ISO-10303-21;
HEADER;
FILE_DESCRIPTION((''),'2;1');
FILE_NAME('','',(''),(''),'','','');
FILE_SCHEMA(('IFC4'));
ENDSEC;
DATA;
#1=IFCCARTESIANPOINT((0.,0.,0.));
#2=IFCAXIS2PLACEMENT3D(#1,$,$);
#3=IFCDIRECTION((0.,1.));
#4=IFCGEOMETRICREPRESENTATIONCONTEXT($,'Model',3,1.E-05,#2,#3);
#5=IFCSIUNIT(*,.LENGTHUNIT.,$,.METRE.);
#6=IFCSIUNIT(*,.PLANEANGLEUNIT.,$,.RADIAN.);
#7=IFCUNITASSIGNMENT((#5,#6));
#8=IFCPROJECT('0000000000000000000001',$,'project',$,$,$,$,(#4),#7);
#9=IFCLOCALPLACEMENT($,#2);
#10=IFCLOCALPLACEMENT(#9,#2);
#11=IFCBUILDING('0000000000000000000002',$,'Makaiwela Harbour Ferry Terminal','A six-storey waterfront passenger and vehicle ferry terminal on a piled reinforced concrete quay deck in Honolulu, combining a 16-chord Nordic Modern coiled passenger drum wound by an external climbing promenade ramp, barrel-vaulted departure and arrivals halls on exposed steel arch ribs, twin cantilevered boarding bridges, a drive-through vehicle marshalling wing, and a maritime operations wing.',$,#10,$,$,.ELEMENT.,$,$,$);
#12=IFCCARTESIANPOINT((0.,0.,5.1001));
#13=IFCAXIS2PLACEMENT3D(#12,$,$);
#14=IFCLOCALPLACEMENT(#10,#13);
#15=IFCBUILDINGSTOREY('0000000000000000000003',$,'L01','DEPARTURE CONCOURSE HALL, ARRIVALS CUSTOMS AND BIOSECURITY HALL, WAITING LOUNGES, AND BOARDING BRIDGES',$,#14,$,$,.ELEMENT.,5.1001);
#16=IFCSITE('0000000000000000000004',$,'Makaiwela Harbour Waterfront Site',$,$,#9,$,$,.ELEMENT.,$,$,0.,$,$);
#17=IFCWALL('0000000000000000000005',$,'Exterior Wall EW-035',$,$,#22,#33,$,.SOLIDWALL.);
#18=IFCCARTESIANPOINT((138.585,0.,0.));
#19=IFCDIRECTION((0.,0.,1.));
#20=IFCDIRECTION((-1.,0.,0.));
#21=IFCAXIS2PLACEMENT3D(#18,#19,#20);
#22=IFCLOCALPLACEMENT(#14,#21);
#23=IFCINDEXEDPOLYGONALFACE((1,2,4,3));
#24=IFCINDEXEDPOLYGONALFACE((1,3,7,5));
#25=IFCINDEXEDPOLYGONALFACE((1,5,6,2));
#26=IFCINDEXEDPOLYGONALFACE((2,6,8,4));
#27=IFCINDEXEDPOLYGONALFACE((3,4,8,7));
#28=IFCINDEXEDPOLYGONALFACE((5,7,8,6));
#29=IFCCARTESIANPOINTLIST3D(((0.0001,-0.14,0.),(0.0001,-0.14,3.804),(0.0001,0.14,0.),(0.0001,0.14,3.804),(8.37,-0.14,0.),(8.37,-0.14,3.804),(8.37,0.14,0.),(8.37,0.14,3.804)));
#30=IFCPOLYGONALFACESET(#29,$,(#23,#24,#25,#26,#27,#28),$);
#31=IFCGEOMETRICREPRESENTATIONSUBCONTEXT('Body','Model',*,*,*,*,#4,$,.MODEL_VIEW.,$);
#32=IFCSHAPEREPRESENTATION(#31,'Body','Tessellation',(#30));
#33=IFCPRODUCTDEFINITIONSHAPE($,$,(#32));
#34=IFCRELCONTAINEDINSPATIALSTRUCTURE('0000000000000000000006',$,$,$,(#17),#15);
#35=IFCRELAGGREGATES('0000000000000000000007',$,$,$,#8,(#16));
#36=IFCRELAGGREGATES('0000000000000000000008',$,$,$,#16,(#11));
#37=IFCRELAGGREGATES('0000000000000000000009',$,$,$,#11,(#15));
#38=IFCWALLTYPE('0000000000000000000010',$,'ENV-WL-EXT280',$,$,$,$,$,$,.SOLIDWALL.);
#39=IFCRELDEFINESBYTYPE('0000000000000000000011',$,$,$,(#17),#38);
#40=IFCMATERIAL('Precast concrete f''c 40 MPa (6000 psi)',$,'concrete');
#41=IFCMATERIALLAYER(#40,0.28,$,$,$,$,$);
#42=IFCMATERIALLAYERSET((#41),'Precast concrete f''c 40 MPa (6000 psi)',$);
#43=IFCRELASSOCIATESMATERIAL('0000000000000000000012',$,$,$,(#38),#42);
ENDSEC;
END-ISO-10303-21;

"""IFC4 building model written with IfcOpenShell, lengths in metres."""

from ifc_helpers import new_model, si_unit, direction, frame, frame_2d, origin, place, context, subcontext, project, spatial, rectangle, extrude, material, layer, layer_set, type_object, element, save


model = new_model("IFC4")

# Units and contexts
model_context = context("Model", 3, precision=1e-05, world=origin(), true_north=direction((0.0, 1.0)))
body_context = subcontext(model_context, "Body", "Model", "MODEL_VIEW")
ifc_project = project(units=[si_unit("LENGTHUNIT", "METRE"), si_unit("PLANEANGLEUNIT", "RADIAN")], contexts=[model_context])

# Site, building, storey
site_placement = place(None, origin())
site = spatial("IfcSite", under=ifc_project, at=site_placement, Name="Makaiwela Harbour Waterfront Site", CompositionType="ELEMENT", RefElevation=0.0)
building_placement = place(site_placement, origin())
building = spatial("IfcBuilding", under=site, at=building_placement, Name="Makaiwela Harbour Ferry Terminal", Description="A six-storey waterfront passenger and vehicle ferry terminal on a piled reinforced concrete quay deck in Honolulu, combining a 16-chord Nordic Modern coiled passenger drum wound by an external climbing promenade ramp, barrel-vaulted departure and arrivals halls on exposed steel arch ribs, twin cantilevered boarding bridges, a drive-through vehicle marshalling wing, and a maritime operations wing.", CompositionType="ELEMENT")
storey_placement = place(building_placement, frame((0.0, 0.0, 5.1001)))
storey = spatial("IfcBuildingStorey", under=building, at=storey_placement, Name="L01", Description="DEPARTURE CONCOURSE HALL, ARRIVALS CUSTOMS AND BIOSECURITY HALL, WAITING LOUNGES, AND BOARDING BRIDGES", CompositionType="ELEMENT", Elevation=5.1001)

# Shared definitions
ifc_material_1 = material(Name="Precast concrete f'c 40 MPa (6000 psi)", Category="concrete")
ifc_layer_1 = layer(ifc_material_1, 0.28)
ifc_layer_set_1 = layer_set([ifc_layer_1], Name="Precast concrete f'c 40 MPa (6000 psi)")
wall_type_1 = type_object("IfcWallType", Name="ENV-WL-EXT280", PredefinedType="SOLIDWALL", material=ifc_layer_set_1)

# Wall
wall_1_placement = place(storey_placement, frame((138.585, 0.0, 0.0), z_axis=(0.0, 0.0, 1.0), x_axis=(-1.0, 0.0, 0.0)))
element("IfcWall", 1, at=wall_1_placement, inside=storey, type_object=wall_type_1, Name="Exterior Wall EW-035", PredefinedType="SOLIDWALL", context=body_context, shape_type="SweptSolid", body=[
    extrude(rectangle(XDim=8.3699, YDim=0.28, at=frame_2d((4.1851, 0.0))), origin(), (0.0, 0.0, 1.0), 3.804),
])

save(model, "model.ifc")
